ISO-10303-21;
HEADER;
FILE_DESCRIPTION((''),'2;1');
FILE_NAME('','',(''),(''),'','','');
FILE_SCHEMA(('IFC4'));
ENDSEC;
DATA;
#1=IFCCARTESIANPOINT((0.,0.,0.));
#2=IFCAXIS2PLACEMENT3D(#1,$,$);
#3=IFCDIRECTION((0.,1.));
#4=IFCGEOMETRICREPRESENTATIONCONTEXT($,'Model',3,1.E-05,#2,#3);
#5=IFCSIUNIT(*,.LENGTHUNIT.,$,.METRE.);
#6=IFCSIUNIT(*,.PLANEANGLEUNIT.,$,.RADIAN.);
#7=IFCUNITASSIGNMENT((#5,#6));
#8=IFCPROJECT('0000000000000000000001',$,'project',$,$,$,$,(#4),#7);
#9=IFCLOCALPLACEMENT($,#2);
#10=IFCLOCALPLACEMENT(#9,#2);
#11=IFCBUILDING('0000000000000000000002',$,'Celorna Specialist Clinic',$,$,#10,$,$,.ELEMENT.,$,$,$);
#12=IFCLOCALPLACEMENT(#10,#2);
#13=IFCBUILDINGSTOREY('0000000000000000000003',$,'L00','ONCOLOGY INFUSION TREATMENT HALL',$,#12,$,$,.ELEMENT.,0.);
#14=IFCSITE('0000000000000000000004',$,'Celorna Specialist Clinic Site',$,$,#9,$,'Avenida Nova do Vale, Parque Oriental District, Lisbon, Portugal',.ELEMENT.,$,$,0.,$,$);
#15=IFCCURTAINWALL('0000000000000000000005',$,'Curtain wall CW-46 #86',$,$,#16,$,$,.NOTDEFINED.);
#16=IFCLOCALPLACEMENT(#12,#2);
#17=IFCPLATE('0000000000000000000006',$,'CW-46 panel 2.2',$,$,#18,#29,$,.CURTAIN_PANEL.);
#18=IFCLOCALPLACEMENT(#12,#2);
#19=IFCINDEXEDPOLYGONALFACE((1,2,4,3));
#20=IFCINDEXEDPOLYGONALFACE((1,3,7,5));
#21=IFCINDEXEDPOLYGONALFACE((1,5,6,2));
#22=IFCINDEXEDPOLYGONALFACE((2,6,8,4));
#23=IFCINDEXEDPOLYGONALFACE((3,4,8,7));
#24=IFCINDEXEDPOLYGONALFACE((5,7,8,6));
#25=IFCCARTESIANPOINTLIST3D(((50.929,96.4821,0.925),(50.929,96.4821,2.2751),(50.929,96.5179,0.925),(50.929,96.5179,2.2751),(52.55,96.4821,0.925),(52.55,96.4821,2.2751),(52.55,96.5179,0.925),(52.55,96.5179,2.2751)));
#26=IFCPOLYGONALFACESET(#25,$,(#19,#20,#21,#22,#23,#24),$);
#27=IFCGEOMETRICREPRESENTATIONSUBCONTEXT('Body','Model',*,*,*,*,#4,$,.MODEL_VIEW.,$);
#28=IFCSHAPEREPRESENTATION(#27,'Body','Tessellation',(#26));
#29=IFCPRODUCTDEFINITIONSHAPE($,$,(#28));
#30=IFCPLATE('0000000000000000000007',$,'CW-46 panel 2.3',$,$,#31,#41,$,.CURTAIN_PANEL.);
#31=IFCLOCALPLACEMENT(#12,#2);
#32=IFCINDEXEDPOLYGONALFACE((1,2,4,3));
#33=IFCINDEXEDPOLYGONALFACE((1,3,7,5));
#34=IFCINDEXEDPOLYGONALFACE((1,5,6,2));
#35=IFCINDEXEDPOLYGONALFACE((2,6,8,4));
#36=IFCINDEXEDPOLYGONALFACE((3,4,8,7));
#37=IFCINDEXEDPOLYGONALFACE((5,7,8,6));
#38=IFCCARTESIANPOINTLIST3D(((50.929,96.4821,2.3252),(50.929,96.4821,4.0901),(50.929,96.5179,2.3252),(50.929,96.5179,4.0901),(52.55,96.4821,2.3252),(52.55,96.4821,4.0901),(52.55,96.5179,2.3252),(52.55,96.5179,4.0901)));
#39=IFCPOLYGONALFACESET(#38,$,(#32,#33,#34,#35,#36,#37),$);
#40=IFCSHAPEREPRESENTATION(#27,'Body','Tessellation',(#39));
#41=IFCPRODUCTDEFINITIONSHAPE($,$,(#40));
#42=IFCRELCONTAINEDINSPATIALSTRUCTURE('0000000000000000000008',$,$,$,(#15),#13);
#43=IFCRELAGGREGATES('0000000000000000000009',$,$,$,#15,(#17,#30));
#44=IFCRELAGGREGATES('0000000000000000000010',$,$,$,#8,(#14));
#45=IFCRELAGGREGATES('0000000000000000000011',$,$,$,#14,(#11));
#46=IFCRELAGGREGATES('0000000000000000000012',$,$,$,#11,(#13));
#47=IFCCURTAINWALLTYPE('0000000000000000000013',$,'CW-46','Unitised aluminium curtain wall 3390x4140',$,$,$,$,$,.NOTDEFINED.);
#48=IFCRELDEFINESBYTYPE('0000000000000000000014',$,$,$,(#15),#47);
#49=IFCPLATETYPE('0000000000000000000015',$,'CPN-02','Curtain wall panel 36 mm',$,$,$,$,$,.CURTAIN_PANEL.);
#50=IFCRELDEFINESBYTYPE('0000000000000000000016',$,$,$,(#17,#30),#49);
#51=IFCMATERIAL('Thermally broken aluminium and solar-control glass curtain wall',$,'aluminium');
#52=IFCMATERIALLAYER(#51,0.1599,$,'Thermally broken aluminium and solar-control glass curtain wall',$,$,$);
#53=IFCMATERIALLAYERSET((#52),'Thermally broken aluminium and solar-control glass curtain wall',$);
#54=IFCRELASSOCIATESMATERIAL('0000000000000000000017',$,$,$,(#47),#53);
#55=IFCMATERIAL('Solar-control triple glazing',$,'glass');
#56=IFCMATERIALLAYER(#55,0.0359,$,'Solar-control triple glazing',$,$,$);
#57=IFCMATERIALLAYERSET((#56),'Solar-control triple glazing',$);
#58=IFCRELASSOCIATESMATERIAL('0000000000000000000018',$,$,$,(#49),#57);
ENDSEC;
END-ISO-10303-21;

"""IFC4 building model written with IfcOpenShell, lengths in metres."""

from ifc_helpers import new_model, si_unit, direction, frame, origin, origin_2d, place, context, subcontext, project, spatial, rectangle, extrude, material, layer, layer_set, type_object, element, aggregate, save


model = new_model("IFC4")

# Units and contexts
model_context = context("Model", 3, precision=1e-05, world=origin(), true_north=direction((0.0, 1.0)))
body_context = subcontext(model_context, "Body", "Model", "MODEL_VIEW")
ifc_project = project(units=[si_unit("LENGTHUNIT", "METRE"), si_unit("PLANEANGLEUNIT", "RADIAN")], contexts=[model_context])

# Site, building, storey
site_placement = place(None, origin())
site = spatial("IfcSite", under=ifc_project, at=site_placement, Name="Celorna Specialist Clinic Site", LongName="Avenida Nova do Vale, Parque Oriental District, Lisbon, Portugal", CompositionType="ELEMENT", RefElevation=0.0)
building_placement = place(site_placement, origin())
building = spatial("IfcBuilding", under=site, at=building_placement, Name="Celorna Specialist Clinic", CompositionType="ELEMENT")
storey_placement = place(building_placement, origin())
storey = spatial("IfcBuildingStorey", under=building, at=storey_placement, Name="L00", Description="ONCOLOGY INFUSION TREATMENT HALL", CompositionType="ELEMENT", Elevation=0.0)

# Curtain wall, plates
ifc_material_1 = material(Name="Thermally broken aluminium and solar-control glass curtain wall", Category="aluminium")
ifc_layer_1 = layer(ifc_material_1, 0.1599, Name="Thermally broken aluminium and solar-control glass curtain wall")
ifc_layer_set_1 = layer_set([ifc_layer_1], Name="Thermally broken aluminium and solar-control glass curtain wall")
curtain_wall_type = type_object("IfcCurtainWallType", Name="CW-46", Description="Unitised aluminium curtain wall 3390x4140", PredefinedType="NOTDEFINED", material=ifc_layer_set_1)
curtain_wall_placement = place(storey_placement, origin())
curtain_wall = element("IfcCurtainWall", 1, at=curtain_wall_placement, inside=storey, type_object=curtain_wall_type, Name="Curtain wall CW-46 #86", PredefinedType="NOTDEFINED")
ifc_material_2 = material(Name="Solar-control triple glazing", Category="glass")
ifc_layer_2 = layer(ifc_material_2, 0.0359, Name="Solar-control triple glazing")
ifc_layer_set_2 = layer_set([ifc_layer_2], Name="Solar-control triple glazing")
plate_type = type_object("IfcPlateType", Name="CPN-02", Description="Curtain wall panel 36 mm", PredefinedType="CURTAIN_PANEL", material=ifc_layer_set_2)
plate_1_placement = place(storey_placement, frame((51.7395, 96.5, 0.925), z_axis=(0.0, 0.0, 1.0), x_axis=(-1.0, 0.0, 0.0)))
plate_1 = element("IfcPlate", 2, at=plate_1_placement, type_object=plate_type, Name="CW-46 panel 2.2", PredefinedType="CURTAIN_PANEL", context=body_context, shape_type="SweptSolid", body=[
    extrude(rectangle(XDim=1.6211, YDim=0.0359, at=origin_2d()), origin(), (0.0, 0.0, 1.0), 1.3501),
])
plate_2_placement = place(storey_placement, frame((51.7395, 96.5, 2.3252), z_axis=(0.0, 0.0, 1.0), x_axis=(-1.0, 0.0, 0.0)))
plate_2 = element("IfcPlate", 3, at=plate_2_placement, type_object=plate_type, Name="CW-46 panel 2.3", PredefinedType="CURTAIN_PANEL", context=body_context, shape_type="SweptSolid", body=[
    extrude(rectangle(XDim=1.6211, YDim=0.0359, at=origin_2d()), origin(), (0.0, 0.0, 1.0), 1.7649),
])
aggregate(curtain_wall, [plate_1, plate_2])

save(model, "model.ifc")
